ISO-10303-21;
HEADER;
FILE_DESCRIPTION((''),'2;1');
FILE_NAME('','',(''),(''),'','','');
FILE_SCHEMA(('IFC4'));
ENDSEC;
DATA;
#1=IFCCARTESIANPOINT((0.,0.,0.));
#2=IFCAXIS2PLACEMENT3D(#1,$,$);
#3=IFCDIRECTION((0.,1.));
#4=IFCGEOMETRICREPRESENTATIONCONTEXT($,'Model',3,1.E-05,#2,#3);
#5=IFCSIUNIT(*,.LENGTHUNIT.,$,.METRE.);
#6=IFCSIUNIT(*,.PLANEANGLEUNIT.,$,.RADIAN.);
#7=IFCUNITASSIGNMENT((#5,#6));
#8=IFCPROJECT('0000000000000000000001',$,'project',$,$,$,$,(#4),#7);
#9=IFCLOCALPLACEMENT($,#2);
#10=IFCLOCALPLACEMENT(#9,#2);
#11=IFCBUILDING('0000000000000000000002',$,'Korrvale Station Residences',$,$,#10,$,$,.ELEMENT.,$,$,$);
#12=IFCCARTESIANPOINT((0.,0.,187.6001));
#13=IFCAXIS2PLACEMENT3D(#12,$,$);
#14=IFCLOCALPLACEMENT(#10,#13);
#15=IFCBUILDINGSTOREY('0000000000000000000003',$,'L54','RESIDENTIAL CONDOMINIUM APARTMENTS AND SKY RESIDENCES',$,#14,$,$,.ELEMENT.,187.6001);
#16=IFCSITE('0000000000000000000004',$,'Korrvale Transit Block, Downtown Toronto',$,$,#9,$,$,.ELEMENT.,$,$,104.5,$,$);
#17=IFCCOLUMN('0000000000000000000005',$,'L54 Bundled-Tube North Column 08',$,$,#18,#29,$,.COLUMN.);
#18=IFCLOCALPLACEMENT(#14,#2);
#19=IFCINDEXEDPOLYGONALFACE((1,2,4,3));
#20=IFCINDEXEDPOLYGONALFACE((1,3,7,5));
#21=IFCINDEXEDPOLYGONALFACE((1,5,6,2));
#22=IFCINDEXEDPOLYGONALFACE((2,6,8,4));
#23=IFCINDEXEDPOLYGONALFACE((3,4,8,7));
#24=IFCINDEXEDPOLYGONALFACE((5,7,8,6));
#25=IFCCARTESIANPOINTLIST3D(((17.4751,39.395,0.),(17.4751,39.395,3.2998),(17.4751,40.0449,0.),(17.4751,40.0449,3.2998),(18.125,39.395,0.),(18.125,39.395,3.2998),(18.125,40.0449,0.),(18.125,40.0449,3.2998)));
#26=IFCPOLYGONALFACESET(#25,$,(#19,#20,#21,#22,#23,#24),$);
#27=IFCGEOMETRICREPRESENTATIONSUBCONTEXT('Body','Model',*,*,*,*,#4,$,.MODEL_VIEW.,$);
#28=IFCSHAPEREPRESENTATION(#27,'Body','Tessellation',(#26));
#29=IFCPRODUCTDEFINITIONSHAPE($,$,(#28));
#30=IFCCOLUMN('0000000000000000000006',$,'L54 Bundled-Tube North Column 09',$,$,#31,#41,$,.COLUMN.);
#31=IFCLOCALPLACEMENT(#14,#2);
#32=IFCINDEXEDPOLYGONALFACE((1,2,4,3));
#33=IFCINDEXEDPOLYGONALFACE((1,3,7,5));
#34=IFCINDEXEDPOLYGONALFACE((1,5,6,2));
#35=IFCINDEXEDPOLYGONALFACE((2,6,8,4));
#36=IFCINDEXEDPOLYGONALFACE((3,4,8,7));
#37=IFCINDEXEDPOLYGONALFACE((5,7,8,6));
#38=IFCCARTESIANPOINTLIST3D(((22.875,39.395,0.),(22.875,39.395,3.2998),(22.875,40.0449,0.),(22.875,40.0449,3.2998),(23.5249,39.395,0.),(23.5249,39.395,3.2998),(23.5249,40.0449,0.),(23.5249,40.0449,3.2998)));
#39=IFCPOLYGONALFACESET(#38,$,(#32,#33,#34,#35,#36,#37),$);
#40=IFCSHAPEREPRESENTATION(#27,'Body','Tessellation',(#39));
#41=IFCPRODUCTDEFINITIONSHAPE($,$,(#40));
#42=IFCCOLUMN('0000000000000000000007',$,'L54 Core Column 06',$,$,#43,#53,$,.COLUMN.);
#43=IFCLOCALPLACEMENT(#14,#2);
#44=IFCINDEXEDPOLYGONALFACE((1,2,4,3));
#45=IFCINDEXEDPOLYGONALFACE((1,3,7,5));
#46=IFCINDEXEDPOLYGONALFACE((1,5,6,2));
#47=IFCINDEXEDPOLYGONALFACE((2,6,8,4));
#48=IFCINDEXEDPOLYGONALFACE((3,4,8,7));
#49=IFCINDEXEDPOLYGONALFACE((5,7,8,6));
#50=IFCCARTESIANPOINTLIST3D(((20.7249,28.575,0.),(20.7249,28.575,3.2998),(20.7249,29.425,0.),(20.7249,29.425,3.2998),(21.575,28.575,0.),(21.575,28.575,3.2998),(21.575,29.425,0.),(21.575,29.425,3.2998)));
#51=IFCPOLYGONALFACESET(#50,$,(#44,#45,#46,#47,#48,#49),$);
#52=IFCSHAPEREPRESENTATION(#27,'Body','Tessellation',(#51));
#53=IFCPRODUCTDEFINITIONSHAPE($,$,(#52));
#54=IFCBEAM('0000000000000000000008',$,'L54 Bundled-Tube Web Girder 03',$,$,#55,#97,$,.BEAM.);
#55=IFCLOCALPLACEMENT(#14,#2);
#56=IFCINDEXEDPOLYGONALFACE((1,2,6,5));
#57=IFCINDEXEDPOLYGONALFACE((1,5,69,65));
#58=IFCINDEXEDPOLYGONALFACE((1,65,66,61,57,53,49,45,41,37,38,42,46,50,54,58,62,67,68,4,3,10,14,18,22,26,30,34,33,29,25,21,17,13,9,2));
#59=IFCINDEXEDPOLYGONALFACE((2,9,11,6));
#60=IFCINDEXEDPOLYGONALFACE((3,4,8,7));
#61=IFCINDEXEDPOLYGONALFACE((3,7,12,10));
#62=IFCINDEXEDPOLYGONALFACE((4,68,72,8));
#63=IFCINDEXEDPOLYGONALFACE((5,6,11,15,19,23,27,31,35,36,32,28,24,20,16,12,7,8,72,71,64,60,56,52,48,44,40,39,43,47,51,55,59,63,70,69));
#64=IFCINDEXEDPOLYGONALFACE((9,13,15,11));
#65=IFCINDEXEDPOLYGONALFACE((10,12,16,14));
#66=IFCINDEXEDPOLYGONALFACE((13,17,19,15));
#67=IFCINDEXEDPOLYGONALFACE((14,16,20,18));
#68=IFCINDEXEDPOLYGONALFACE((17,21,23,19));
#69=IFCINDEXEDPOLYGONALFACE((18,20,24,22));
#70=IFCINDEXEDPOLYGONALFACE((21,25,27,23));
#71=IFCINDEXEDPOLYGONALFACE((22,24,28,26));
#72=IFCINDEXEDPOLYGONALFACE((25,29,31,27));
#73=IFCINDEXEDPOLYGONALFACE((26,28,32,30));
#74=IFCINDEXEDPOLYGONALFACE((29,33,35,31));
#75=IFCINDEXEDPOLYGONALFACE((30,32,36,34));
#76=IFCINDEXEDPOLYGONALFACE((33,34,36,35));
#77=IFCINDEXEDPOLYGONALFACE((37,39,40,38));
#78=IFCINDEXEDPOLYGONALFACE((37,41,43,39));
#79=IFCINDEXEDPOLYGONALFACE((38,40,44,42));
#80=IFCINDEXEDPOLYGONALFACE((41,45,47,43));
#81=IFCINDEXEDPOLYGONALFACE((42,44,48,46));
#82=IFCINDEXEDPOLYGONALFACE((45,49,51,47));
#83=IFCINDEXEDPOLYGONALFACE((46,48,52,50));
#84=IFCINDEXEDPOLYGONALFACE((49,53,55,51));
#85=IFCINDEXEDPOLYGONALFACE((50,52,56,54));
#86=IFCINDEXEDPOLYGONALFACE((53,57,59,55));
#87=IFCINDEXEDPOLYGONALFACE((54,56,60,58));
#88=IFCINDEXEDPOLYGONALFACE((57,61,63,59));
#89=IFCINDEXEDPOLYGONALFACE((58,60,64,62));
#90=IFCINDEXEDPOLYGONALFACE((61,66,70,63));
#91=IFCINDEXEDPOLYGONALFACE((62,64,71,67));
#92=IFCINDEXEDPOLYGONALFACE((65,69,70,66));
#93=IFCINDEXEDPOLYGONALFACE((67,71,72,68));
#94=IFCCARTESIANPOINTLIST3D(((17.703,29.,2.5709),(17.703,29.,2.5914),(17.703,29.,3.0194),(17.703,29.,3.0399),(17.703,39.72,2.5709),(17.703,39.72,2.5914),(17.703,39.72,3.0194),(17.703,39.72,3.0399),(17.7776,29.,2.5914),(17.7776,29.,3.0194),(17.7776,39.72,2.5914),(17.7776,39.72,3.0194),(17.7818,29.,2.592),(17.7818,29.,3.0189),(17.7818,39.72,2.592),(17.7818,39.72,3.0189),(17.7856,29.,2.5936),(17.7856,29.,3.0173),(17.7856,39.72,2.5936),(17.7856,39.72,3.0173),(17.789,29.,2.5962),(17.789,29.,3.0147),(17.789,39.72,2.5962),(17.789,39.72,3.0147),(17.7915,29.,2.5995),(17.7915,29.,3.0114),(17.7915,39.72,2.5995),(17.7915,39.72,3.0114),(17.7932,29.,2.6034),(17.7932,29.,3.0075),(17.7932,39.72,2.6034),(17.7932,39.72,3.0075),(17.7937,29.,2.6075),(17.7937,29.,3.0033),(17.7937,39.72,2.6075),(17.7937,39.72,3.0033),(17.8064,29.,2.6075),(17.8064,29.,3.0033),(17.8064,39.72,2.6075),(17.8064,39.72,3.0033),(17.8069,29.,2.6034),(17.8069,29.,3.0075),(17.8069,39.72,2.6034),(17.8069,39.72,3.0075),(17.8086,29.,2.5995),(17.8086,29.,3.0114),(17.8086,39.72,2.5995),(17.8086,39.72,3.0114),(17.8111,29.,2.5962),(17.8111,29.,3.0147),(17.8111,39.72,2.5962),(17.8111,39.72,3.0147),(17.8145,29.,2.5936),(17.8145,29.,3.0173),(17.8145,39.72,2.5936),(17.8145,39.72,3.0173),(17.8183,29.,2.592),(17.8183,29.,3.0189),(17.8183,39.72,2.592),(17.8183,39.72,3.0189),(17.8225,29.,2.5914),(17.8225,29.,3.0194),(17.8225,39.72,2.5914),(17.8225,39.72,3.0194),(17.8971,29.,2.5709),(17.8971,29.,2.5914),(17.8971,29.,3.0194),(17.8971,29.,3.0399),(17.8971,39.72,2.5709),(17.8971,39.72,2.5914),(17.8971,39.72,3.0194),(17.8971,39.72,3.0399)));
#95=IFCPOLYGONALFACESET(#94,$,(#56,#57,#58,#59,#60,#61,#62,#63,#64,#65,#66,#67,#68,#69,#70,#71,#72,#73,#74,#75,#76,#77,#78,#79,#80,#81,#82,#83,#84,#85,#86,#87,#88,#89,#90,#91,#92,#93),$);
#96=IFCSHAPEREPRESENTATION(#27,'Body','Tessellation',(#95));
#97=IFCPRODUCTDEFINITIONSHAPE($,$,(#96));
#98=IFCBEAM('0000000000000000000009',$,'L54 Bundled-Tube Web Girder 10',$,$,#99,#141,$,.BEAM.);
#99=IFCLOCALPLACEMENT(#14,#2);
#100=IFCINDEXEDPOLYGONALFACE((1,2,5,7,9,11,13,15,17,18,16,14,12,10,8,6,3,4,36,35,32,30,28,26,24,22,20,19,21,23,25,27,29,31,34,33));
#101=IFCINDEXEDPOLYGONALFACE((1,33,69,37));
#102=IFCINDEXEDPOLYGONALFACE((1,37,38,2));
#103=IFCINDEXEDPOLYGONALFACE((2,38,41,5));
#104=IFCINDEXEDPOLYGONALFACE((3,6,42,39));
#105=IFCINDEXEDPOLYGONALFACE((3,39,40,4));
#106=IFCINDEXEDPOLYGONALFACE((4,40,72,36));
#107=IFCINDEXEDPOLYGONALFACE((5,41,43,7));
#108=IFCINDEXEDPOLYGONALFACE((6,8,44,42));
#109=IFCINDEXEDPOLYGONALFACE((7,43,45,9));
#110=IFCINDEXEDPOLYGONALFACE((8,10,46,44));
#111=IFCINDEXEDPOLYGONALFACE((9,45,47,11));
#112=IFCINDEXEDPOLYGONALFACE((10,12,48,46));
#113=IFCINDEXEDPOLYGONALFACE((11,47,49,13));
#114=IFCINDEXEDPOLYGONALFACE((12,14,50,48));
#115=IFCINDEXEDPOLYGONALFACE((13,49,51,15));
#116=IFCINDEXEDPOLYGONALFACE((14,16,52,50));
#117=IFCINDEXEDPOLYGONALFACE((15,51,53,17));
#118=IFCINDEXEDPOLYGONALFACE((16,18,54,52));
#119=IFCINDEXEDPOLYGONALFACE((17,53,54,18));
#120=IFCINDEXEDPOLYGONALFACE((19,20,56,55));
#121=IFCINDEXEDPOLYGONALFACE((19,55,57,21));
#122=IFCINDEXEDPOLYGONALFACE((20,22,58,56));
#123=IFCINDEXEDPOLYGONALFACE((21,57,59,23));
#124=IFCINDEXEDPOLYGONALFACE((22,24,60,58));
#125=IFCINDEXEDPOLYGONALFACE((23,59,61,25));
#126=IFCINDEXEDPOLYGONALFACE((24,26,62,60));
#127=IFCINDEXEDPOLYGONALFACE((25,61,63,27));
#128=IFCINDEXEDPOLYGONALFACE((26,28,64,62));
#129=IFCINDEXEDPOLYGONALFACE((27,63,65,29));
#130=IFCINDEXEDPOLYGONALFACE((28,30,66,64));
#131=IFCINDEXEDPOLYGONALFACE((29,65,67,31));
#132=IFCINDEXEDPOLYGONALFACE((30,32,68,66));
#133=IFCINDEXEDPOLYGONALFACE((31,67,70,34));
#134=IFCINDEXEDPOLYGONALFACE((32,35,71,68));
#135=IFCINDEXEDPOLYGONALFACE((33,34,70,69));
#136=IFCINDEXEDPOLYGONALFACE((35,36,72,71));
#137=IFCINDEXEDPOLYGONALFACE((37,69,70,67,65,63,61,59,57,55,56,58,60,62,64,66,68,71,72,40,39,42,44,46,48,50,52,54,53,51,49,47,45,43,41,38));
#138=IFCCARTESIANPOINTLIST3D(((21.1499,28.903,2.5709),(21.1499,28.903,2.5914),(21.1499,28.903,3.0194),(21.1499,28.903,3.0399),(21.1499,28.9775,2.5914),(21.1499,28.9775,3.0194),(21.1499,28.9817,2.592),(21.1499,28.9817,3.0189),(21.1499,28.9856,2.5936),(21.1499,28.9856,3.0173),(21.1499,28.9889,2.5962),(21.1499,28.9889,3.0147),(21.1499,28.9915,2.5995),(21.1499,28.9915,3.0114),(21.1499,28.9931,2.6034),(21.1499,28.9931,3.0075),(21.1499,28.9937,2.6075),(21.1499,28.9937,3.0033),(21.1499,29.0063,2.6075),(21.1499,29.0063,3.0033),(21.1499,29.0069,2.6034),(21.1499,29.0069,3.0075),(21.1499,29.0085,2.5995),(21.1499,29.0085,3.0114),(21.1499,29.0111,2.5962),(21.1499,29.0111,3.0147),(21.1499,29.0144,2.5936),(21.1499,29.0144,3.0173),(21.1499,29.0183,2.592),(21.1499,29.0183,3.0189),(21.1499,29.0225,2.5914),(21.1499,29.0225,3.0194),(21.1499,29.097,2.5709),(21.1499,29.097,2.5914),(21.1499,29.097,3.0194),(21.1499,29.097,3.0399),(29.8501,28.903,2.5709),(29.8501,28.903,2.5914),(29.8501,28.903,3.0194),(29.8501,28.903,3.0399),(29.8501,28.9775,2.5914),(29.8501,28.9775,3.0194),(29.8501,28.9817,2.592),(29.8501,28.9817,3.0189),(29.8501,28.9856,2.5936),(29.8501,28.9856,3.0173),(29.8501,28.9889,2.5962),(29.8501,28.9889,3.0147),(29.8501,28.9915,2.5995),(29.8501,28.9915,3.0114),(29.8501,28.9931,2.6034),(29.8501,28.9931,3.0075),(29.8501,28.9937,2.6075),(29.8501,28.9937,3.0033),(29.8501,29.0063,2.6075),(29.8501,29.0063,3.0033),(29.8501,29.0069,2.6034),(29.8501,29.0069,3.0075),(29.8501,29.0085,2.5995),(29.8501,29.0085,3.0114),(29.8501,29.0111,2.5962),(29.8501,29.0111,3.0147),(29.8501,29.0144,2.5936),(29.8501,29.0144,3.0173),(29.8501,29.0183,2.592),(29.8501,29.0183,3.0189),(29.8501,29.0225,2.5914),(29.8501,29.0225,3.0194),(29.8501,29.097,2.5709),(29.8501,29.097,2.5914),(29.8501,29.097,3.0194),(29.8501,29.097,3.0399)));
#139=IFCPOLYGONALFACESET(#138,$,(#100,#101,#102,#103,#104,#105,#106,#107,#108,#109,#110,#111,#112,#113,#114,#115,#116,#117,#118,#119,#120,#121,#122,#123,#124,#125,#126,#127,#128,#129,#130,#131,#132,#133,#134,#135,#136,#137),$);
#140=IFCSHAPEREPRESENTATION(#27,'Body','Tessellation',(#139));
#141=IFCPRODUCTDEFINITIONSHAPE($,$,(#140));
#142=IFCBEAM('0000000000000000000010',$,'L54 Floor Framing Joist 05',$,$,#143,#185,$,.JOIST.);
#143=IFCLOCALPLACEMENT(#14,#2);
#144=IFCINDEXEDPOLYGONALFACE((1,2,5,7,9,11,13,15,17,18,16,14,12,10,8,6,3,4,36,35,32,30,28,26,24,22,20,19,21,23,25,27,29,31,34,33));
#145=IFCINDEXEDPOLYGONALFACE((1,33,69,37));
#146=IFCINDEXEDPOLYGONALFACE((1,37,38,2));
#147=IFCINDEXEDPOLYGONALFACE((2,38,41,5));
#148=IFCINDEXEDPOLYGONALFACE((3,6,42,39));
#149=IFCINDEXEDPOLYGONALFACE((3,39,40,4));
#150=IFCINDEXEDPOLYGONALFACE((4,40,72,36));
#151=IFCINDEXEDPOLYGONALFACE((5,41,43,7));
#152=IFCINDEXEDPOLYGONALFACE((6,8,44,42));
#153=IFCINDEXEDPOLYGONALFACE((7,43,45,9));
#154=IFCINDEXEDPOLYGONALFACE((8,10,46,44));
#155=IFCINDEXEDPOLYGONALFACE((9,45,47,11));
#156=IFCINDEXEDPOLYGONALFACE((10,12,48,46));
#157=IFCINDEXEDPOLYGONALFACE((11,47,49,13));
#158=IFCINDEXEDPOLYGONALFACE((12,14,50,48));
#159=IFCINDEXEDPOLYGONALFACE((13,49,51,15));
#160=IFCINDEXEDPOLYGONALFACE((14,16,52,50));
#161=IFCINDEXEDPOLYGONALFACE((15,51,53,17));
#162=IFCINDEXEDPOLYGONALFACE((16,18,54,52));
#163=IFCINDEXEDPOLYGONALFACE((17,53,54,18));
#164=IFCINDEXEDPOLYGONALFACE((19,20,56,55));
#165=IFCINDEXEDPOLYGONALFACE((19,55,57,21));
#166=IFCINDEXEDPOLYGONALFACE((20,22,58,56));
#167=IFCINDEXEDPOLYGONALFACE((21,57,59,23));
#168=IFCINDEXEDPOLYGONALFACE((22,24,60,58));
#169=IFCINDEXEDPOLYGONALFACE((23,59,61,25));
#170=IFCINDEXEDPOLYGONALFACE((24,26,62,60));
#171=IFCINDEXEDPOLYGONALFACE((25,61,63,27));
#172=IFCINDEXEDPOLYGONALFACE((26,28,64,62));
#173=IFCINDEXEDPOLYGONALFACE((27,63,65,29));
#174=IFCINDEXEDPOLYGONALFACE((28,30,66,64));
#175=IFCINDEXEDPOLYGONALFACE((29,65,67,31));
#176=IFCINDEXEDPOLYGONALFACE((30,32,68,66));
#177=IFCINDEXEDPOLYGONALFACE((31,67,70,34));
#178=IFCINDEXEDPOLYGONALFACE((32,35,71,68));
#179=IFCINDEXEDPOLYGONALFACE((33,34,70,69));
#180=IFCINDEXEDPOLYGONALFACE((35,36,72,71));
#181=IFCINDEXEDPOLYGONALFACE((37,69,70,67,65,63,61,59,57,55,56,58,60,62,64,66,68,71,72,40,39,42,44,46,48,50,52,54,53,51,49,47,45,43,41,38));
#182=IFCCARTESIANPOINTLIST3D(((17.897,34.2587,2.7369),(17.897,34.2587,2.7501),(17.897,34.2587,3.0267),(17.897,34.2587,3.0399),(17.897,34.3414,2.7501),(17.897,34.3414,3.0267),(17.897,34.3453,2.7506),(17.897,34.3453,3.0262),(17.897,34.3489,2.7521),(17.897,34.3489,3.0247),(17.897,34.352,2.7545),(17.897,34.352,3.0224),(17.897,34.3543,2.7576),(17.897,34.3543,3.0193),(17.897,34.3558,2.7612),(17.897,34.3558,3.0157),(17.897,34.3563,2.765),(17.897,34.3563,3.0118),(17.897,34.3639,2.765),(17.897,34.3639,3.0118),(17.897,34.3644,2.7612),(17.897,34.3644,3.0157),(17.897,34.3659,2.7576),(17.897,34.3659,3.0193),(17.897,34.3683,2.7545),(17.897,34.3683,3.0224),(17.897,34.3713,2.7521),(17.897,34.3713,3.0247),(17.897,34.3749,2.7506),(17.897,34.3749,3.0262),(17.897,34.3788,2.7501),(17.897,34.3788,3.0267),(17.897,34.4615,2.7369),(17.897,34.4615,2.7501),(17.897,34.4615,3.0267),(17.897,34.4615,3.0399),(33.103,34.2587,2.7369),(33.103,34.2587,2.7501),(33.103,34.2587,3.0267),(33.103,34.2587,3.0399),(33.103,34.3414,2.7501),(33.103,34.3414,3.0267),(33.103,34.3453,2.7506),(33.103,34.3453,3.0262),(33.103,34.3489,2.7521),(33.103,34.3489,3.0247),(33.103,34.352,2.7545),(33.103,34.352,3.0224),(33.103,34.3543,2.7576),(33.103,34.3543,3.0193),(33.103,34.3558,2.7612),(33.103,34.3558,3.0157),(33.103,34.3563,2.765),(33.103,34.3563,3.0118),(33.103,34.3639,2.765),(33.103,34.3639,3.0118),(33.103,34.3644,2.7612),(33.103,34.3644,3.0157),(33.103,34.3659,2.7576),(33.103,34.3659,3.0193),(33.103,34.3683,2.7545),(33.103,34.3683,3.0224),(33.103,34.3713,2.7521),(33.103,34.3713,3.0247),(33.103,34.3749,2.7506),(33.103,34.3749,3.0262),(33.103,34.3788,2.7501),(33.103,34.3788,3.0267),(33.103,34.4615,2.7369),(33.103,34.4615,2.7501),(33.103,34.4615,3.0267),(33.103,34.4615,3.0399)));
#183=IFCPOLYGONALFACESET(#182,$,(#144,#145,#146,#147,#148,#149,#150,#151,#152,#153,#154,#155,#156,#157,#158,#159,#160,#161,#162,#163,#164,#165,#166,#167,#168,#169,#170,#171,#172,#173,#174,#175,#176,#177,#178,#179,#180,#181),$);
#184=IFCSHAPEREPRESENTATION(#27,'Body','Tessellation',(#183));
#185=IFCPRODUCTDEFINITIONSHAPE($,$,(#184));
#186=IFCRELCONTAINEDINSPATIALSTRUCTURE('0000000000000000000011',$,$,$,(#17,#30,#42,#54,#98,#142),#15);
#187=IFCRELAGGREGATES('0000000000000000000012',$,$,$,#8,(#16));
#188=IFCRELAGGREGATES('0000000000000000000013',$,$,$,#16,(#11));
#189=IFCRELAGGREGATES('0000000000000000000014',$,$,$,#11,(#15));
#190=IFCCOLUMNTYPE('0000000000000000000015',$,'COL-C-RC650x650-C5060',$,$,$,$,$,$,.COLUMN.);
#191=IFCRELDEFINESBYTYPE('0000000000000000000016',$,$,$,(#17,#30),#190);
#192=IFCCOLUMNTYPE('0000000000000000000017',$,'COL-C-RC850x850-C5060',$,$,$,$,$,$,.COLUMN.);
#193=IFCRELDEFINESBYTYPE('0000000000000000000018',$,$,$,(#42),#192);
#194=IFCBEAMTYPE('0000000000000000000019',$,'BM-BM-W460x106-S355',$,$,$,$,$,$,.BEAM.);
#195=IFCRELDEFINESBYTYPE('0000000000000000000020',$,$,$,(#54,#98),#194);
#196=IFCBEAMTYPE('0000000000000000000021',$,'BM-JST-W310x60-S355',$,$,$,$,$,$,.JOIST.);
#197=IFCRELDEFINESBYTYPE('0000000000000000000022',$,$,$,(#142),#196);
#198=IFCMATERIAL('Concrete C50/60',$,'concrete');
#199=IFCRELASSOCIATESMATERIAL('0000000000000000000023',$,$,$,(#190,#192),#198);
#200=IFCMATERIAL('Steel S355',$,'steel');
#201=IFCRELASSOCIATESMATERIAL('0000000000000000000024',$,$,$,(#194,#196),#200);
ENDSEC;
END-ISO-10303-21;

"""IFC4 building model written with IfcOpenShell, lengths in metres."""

from ifc_helpers import new_model, si_unit, direction, frame, origin, origin_2d, place, context, subcontext, project, spatial, rectangle, i_section, extrude, material, material_profile, profile_set, type_object, element, save


model = new_model("IFC4")

# Units and contexts
model_context = context("Model", 3, precision=1e-05, world=origin(), true_north=direction((0.0, 1.0)))
body_context = subcontext(model_context, "Body", "Model", "MODEL_VIEW")
ifc_project = project(units=[si_unit("LENGTHUNIT", "METRE"), si_unit("PLANEANGLEUNIT", "RADIAN")], contexts=[model_context])

# Site, building, storey
site_placement = place(None, origin())
site = spatial("IfcSite", under=ifc_project, at=site_placement, Name="Korrvale Transit Block, Downtown Toronto", CompositionType="ELEMENT", RefElevation=104.5)
building_placement = place(site_placement, origin())
building = spatial("IfcBuilding", under=site, at=building_placement, Name="Korrvale Station Residences", CompositionType="ELEMENT")
storey_placement = place(building_placement, frame((0.0, 0.0, 187.6001)))
storey = spatial("IfcBuildingStorey", under=building, at=storey_placement, Name="L54", Description="RESIDENTIAL CONDOMINIUM APARTMENTS AND SKY RESIDENCES", CompositionType="ELEMENT", Elevation=187.6001)

# Columns
ifc_material_1 = material(Name="Concrete C50/60", Category="concrete")
ifc_material_profile_1 = material_profile(ifc_material_1, rectangle(XDim=0.6499, YDim=0.6499, at=origin_2d()), Name="RC650x650")
ifc_profile_set_1 = profile_set([ifc_material_profile_1], Name="Concrete C50/60")
column_type_1 = type_object("IfcColumnType", Name="COL-C-RC650x650-C5060", PredefinedType="COLUMN", material=ifc_profile_set_1)
for number, where, z_axis, x_axis, name in (
    (1, (17.8, 39.72, 0.0), (0.0, 0.0, 1.0), (1.0, 0.0, 0.0), "L54 Bundled-Tube North Column 08"),
    (2, (23.2, 39.72, 0.0), (0.0, 0.0, 1.0), (1.0, 0.0, 0.0), "L54 Bundled-Tube North Column 09"),
):
    element("IfcColumn", number, at=place(storey_placement, frame(where, z_axis=z_axis, x_axis=x_axis)), inside=storey, type_object=column_type_1, Name=name, PredefinedType="COLUMN", context=body_context, shape_type="SweptSolid", body=[
        extrude(rectangle(XDim=0.6499, YDim=0.6499, at=origin_2d()), origin(), (0.0, 0.0, 1.0), 3.2998),
    ])
ifc_material_profile_2 = material_profile(ifc_material_1, rectangle(XDim=0.8501, YDim=0.8501, at=origin_2d()), Name="RC850x850")
ifc_profile_set_2 = profile_set([ifc_material_profile_2], Name="Concrete C50/60")
column_type_2 = type_object("IfcColumnType", Name="COL-C-RC850x850-C5060", PredefinedType="COLUMN", material=ifc_profile_set_2)
column_placement = place(storey_placement, frame((21.1499, 29.0, 0.0), z_axis=(0.0, 0.0, 1.0), x_axis=(1.0, 0.0, 0.0)))
element("IfcColumn", 3, at=column_placement, inside=storey, type_object=column_type_2, Name="L54 Core Column 06", PredefinedType="COLUMN", context=body_context, shape_type="SweptSolid", body=[
    extrude(rectangle(XDim=0.8501, YDim=0.8501, at=origin_2d()), origin(), (0.0, 0.0, 1.0), 3.2998),
])

# Beams
ifc_material_2 = material(Name="Steel S355", Category="steel")
ifc_material_profile_3 = material_profile(ifc_material_2, i_section(OverallWidth=0.1941, OverallDepth=0.469, WebThickness=0.0127, FlangeThickness=0.0205, FilletRadius=0.0161, at=origin_2d()), Name="W460x106")
ifc_profile_set_3 = profile_set([ifc_material_profile_3], Name="Steel S355")
beam_type_1 = type_object("IfcBeamType", Name="BM-BM-W460x106-S355", PredefinedType="BEAM", material=ifc_profile_set_3)
beam_1_placement = place(storey_placement, frame((17.8, 29.0, 2.8054), z_axis=(0.0, 1.0, 0.0), x_axis=(-1.0, 0.0, 0.0)))
element("IfcBeam", 4, at=beam_1_placement, inside=storey, type_object=beam_type_1, Name="L54 Bundled-Tube Web Girder 03", PredefinedType="BEAM", context=body_context, shape_type="SweptSolid", body=[
    extrude(i_section(OverallWidth=0.1941, OverallDepth=0.469, WebThickness=0.0127, FlangeThickness=0.0205, FilletRadius=0.0161, at=origin_2d()), origin(), (0.0, 0.0, 1.0), 10.72),
])
beam_2_placement = place(storey_placement, frame((21.1499, 29.0, 2.8054), z_axis=(1.0, 0.0, 0.0), x_axis=(0.0, 1.0, 0.0)))
element("IfcBeam", 5, at=beam_2_placement, inside=storey, type_object=beam_type_1, Name="L54 Bundled-Tube Web Girder 10", PredefinedType="BEAM", context=body_context, shape_type="SweptSolid", body=[
    extrude(i_section(OverallWidth=0.1941, OverallDepth=0.469, WebThickness=0.0127, FlangeThickness=0.0205, FilletRadius=0.0161, at=origin_2d()), origin(), (0.0, 0.0, 1.0), 8.7002),
])
ifc_material_profile_4 = material_profile(ifc_material_2, i_section(OverallWidth=0.2029, OverallDepth=0.303, WebThickness=0.0076, FlangeThickness=0.0132, FilletRadius=0.0149, at=origin_2d()), Name="W310x60")
ifc_profile_set_4 = profile_set([ifc_material_profile_4], Name="Steel S355")
beam_type_2 = type_object("IfcBeamType", Name="BM-JST-W310x60-S355", PredefinedType="JOIST", material=ifc_profile_set_4)
beam_3_placement = place(storey_placement, frame((17.897, 34.3601, 2.8884), z_axis=(1.0, 0.0, 0.0), x_axis=(0.0, 1.0, 0.0)))
element("IfcBeam", 6, at=beam_3_placement, inside=storey, type_object=beam_type_2, Name="L54 Floor Framing Joist 05", PredefinedType="JOIST", context=body_context, shape_type="SweptSolid", body=[
    extrude(i_section(OverallWidth=0.2029, OverallDepth=0.303, WebThickness=0.0076, FlangeThickness=0.0132, FilletRadius=0.0149, at=origin_2d()), origin(), (0.0, 0.0, 1.0), 15.2061),
])

save(model, "model.ifc")
